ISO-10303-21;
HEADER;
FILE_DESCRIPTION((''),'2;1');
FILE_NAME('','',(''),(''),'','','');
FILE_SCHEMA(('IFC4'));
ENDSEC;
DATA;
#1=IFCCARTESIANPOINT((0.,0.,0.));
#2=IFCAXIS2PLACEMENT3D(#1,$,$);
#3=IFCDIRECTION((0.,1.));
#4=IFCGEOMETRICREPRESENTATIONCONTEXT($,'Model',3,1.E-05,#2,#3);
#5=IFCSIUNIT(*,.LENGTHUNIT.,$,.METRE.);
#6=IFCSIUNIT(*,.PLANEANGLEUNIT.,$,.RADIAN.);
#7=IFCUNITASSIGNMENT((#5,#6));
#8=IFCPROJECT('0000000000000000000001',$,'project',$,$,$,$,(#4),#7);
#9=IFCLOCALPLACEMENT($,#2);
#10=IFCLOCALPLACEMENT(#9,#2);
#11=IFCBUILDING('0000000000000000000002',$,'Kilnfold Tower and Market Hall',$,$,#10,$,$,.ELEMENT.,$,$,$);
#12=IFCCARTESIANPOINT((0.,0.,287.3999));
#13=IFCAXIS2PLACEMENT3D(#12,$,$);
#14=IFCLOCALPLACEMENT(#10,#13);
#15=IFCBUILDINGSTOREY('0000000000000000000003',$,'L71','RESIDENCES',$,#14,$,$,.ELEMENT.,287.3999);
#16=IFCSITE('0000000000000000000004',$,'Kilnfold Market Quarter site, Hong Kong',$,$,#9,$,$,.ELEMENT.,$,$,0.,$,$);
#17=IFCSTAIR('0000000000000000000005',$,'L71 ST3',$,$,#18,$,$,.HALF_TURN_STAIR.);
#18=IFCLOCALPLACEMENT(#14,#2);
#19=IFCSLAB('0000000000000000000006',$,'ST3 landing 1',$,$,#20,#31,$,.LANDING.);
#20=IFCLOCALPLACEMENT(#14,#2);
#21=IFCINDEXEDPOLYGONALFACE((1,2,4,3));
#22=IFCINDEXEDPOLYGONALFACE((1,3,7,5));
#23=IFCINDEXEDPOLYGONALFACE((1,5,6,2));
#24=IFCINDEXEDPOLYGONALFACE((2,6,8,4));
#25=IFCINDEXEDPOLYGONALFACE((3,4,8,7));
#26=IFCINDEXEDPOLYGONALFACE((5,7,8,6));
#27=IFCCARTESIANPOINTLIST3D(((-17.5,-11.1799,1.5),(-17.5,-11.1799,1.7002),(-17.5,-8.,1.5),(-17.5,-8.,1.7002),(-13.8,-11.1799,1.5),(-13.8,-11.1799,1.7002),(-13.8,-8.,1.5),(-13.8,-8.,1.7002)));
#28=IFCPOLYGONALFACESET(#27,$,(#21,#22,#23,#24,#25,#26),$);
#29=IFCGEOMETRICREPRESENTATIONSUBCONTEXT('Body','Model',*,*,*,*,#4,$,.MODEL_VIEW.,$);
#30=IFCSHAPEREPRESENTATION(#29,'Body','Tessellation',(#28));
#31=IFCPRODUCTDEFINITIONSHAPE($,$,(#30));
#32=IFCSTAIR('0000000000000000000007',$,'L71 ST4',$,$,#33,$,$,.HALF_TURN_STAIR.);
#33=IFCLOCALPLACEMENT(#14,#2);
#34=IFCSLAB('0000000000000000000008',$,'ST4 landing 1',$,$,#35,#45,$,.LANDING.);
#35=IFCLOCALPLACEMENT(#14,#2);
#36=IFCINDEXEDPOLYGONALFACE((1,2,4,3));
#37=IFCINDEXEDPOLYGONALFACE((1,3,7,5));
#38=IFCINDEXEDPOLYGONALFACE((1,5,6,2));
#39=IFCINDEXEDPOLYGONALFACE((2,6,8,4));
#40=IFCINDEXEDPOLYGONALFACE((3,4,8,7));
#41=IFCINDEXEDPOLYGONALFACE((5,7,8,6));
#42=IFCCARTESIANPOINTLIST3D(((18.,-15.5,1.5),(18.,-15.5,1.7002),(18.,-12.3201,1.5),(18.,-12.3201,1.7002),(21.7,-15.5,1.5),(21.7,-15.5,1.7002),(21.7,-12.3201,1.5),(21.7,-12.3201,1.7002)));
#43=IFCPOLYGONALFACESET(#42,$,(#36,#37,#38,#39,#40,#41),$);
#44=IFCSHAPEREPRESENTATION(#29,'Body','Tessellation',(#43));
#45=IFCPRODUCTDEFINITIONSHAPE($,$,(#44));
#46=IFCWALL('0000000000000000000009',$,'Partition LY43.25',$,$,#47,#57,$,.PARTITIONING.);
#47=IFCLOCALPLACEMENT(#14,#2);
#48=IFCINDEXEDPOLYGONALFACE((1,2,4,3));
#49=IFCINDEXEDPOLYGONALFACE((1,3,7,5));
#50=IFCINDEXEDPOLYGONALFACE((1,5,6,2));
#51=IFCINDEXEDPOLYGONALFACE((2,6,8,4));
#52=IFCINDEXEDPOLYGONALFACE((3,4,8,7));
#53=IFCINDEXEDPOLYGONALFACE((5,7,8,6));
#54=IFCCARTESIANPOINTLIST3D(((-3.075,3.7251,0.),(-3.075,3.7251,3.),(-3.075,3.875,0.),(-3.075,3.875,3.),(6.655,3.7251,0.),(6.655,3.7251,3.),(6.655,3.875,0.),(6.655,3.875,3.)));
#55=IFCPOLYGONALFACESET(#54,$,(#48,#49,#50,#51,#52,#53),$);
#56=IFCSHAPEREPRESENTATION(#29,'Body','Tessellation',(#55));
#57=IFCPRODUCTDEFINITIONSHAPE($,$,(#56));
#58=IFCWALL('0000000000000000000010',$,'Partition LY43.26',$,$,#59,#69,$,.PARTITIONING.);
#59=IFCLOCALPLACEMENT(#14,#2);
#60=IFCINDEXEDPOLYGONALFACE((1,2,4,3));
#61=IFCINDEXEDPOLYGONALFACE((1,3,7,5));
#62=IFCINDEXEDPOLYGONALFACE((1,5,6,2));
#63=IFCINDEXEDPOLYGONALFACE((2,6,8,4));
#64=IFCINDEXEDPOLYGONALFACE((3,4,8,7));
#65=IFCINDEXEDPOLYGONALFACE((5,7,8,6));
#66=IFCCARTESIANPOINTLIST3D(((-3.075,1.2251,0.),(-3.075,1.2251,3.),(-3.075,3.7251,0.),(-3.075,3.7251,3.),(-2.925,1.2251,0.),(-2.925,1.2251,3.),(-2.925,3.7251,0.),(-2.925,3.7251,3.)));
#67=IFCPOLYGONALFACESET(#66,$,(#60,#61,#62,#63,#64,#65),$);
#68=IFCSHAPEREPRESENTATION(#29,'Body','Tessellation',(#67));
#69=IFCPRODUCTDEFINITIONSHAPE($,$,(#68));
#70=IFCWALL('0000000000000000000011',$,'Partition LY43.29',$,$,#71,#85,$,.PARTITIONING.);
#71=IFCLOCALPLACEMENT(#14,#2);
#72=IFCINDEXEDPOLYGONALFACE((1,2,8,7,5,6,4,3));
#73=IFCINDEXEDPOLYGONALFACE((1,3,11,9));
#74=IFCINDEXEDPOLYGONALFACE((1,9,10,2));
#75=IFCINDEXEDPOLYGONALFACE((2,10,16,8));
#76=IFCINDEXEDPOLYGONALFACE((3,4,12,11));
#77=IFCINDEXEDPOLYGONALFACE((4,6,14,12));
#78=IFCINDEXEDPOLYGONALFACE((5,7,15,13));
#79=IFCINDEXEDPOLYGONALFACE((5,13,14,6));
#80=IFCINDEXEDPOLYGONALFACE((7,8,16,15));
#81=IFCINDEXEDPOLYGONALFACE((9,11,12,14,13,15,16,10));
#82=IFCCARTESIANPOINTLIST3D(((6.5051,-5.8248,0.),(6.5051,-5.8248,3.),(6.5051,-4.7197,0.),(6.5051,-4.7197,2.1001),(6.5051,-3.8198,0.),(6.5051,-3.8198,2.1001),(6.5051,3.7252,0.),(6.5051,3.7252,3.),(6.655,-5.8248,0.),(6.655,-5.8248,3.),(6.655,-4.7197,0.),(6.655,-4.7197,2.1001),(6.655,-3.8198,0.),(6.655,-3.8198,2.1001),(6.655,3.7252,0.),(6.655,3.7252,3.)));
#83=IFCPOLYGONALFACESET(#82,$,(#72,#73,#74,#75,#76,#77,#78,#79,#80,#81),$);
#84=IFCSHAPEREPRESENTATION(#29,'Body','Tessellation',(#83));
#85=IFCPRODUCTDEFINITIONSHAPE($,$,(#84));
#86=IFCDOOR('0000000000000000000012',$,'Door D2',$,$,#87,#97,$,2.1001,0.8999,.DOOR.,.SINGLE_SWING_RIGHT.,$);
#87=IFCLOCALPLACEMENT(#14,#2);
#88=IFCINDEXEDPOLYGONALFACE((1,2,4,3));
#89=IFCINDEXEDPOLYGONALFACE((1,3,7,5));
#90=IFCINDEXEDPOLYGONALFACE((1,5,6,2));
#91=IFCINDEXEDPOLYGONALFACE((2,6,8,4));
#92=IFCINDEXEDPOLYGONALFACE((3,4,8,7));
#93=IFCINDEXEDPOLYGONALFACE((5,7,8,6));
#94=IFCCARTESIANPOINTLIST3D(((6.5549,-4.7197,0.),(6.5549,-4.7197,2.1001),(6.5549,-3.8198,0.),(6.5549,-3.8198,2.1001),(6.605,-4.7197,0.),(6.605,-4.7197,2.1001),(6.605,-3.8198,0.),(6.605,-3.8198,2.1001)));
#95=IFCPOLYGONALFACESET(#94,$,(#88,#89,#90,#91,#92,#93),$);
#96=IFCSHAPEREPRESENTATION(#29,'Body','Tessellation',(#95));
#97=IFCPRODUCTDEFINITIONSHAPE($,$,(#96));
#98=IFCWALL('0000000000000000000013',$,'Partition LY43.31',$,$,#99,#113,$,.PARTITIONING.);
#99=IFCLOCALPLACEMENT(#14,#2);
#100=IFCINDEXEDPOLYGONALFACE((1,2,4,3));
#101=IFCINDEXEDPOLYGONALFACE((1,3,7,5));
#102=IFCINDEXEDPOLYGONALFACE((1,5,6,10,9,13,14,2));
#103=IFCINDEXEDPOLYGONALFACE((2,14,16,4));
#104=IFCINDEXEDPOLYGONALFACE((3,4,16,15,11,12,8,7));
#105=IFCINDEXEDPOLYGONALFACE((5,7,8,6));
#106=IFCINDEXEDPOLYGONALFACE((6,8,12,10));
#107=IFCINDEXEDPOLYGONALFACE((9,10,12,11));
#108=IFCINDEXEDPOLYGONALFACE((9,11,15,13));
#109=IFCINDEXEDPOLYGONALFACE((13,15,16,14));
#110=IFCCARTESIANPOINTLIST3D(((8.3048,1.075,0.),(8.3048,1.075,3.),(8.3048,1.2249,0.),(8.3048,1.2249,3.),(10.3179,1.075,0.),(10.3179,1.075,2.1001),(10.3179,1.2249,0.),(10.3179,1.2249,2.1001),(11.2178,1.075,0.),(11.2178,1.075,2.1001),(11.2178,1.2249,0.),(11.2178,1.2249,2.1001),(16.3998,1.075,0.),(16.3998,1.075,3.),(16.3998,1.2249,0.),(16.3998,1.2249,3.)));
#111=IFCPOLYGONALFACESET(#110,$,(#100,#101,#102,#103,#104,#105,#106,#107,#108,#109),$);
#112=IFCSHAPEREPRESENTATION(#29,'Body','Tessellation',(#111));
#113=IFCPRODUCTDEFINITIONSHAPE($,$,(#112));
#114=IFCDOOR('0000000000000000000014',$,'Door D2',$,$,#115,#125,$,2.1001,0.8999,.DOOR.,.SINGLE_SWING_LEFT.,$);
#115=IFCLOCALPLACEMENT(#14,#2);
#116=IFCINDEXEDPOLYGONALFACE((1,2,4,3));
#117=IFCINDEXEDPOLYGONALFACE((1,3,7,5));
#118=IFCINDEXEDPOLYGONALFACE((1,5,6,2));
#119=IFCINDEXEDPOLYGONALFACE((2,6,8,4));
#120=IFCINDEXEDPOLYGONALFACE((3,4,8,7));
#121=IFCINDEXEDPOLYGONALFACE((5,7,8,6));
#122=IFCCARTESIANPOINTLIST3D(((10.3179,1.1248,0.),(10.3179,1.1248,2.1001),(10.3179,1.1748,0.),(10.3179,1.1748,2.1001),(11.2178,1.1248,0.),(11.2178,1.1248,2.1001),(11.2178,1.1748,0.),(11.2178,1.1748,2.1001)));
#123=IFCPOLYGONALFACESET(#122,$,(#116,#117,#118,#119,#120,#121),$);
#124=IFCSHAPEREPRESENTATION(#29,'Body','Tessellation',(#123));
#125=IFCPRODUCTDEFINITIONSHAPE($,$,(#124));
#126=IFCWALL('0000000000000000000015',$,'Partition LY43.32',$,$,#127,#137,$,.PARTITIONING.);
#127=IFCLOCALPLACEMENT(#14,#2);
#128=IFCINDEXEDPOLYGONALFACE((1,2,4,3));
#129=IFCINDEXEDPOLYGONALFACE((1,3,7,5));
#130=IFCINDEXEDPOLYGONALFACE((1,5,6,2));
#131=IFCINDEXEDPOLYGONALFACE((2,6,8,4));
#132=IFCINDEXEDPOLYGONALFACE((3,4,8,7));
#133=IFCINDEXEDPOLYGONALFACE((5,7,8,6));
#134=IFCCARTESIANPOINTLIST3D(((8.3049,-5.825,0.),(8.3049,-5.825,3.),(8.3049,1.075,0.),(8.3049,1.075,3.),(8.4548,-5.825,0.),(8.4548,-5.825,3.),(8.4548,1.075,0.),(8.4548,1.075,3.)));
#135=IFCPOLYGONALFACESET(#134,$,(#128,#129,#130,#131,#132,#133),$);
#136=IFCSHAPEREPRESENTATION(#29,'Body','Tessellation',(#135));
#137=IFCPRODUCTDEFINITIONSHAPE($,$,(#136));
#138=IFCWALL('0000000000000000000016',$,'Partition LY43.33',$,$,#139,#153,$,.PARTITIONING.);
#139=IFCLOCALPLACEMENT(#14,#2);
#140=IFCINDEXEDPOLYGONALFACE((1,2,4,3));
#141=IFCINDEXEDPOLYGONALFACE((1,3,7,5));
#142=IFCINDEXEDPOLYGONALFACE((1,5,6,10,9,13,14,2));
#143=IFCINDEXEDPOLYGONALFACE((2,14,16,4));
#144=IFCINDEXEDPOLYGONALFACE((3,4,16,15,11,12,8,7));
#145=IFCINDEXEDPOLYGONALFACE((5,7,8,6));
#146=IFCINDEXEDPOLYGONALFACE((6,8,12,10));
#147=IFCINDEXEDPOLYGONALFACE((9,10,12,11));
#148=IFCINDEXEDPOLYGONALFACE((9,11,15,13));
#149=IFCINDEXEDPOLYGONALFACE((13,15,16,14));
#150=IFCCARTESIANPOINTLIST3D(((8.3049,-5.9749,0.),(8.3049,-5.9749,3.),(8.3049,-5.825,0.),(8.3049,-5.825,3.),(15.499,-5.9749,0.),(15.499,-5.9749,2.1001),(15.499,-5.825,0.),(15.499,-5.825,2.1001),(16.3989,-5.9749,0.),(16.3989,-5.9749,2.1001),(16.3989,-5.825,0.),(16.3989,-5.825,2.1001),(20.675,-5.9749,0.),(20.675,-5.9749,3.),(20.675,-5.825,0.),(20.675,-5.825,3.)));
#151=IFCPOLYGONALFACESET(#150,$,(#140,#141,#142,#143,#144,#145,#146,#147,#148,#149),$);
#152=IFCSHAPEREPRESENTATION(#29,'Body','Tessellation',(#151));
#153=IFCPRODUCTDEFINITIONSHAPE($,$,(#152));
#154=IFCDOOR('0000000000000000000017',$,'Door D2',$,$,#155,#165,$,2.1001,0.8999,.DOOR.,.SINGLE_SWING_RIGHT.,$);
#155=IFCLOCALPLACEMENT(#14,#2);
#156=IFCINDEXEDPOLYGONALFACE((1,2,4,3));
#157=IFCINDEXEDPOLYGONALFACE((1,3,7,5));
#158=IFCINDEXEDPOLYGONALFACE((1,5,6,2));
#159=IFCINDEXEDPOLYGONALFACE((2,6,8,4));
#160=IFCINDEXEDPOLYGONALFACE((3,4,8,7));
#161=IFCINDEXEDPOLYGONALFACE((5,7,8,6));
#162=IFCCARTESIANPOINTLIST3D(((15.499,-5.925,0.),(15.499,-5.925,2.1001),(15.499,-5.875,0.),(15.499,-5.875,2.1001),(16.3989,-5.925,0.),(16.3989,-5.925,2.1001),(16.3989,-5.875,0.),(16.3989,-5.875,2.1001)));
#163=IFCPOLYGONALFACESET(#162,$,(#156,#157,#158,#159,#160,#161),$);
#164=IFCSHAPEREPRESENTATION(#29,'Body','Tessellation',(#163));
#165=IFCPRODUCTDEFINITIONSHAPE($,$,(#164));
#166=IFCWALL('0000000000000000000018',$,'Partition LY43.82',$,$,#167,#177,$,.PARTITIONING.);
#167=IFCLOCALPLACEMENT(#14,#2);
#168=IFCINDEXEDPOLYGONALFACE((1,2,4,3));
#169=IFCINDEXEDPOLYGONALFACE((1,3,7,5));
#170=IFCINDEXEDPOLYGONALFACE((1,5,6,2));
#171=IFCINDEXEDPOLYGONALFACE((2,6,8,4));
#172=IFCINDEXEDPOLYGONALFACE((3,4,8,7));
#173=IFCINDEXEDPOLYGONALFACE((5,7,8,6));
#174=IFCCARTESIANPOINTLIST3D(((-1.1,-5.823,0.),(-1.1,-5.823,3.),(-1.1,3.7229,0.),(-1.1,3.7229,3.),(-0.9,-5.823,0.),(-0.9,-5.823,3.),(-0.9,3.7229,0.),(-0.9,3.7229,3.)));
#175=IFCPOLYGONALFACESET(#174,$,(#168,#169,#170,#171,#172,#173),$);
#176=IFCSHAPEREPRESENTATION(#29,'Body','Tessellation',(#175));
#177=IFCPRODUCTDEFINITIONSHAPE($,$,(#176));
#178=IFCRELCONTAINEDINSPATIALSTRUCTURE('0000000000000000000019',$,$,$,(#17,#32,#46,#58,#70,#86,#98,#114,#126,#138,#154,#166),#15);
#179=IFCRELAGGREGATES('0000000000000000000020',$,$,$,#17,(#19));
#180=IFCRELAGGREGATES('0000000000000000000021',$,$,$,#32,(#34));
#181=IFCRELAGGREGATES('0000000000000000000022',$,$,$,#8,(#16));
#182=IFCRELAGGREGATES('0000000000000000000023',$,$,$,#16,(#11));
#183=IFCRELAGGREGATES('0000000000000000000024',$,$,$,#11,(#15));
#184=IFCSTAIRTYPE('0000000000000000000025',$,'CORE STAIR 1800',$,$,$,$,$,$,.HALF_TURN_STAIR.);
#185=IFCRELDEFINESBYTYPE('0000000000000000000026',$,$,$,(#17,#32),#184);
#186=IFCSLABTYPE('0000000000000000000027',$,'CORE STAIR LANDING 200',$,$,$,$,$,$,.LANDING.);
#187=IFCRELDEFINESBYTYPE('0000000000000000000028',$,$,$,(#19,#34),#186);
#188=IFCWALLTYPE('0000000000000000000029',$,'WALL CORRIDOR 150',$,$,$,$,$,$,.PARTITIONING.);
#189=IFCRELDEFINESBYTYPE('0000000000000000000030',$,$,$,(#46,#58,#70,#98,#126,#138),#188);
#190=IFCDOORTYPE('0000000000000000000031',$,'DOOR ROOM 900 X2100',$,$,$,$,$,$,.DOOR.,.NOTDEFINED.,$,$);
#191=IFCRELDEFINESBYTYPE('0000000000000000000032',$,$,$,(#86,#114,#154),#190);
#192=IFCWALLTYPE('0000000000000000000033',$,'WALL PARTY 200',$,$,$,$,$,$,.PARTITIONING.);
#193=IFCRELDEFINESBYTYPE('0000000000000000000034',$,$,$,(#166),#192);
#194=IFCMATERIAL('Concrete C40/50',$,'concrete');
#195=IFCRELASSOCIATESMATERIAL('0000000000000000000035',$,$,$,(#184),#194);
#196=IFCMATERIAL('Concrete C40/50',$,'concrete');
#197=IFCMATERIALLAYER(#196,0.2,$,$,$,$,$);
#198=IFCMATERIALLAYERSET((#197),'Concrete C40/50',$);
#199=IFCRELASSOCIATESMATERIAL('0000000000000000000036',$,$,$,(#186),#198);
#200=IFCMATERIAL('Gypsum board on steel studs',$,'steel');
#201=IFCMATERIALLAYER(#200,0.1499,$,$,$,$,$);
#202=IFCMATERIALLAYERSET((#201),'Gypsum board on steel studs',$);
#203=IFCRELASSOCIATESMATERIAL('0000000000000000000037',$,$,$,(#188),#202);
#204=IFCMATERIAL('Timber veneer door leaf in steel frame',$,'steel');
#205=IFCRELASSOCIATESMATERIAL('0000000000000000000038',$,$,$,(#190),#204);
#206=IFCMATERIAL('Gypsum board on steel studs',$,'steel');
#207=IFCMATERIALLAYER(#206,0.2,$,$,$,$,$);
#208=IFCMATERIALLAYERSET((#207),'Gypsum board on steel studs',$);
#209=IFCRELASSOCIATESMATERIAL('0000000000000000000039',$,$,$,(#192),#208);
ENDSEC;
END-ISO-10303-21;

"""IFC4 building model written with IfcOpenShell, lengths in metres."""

from ifc_helpers import new_model, si_unit, direction, frame, frame_2d, origin, place, context, subcontext, project, spatial, polyline, rectangle, outline, extrude, source, transform, mapped, material, layer, layer_set, type_object, element, fill, aggregate, save


model = new_model("IFC4")

# Units and contexts
model_context = context("Model", 3, precision=1e-05, world=origin(), true_north=direction((0.0, 1.0)))
body_context = subcontext(model_context, "Body", "Model", "MODEL_VIEW")
ifc_project = project(units=[si_unit("LENGTHUNIT", "METRE"), si_unit("PLANEANGLEUNIT", "RADIAN")], contexts=[model_context])

# Site, building, storey
site_placement = place(None, origin())
site = spatial("IfcSite", under=ifc_project, at=site_placement, Name="Kilnfold Market Quarter site, Hong Kong", CompositionType="ELEMENT", RefElevation=0.0)
building_placement = place(site_placement, origin())
building = spatial("IfcBuilding", under=site, at=building_placement, Name="Kilnfold Tower and Market Hall", CompositionType="ELEMENT")
storey_placement = place(building_placement, frame((0.0, 0.0, 287.3999)))
storey = spatial("IfcBuildingStorey", under=building, at=storey_placement, Name="L71", Description="RESIDENCES", CompositionType="ELEMENT", Elevation=287.3999)

# Stairs, slabs
ifc_material_1 = material(Name="Concrete C40/50", Category="concrete")
stair_type = type_object("IfcStairType", Name="CORE STAIR 1800", PredefinedType="HALF_TURN_STAIR", material=ifc_material_1)
ifc_material_2 = material(Name="Concrete C40/50", Category="concrete")
ifc_layer_1 = layer(ifc_material_2, 0.2)
ifc_layer_set_1 = layer_set([ifc_layer_1], Name="Concrete C40/50")
slab_type_1 = type_object("IfcSlabType", Name="CORE STAIR LANDING 200", PredefinedType="LANDING", material=ifc_layer_set_1)
stair_1_placement = place(storey_placement, origin())
stair_1 = element("IfcStair", 1, at=stair_1_placement, inside=storey, type_object=stair_type, Name="L71 ST3", PredefinedType="HALF_TURN_STAIR")
shared_shape_1 = source(origin(), body_context, "Body", "SweptSolid", [
    extrude(outline(polyline([(-13.8, -11.1799), (-13.8, -8.0), (-17.5, -8.0), (-17.5, -11.1799), (-13.8, -11.1799)])), origin(), (0.0, 0.0, 1.0), 0.2002),
])
slab_1_placement = place(storey_placement, frame((0.0, 0.0, 1.5)))
slab_1 = element("IfcSlab", 2, at=slab_1_placement, type_object=slab_type_1, Name="ST3 landing 1", PredefinedType="LANDING", context=body_context, shape_type="MappedRepresentation", body=[
    mapped(shared_shape_1, transform((0.0, 0.0, 0.0))),
])
aggregate(stair_1, [slab_1])
stair_2_placement = place(storey_placement, origin())
stair_2 = element("IfcStair", 3, at=stair_2_placement, inside=storey, type_object=stair_type, Name="L71 ST4", PredefinedType="HALF_TURN_STAIR")
shared_shape_2 = source(origin(), body_context, "Body", "SweptSolid", [
    extrude(outline(polyline([(18.0, -12.3201), (18.0, -15.5), (21.7, -15.5), (21.7, -12.3201), (18.0, -12.3201)])), origin(), (0.0, 0.0, 1.0), 0.2002),
])
slab_2_placement = place(storey_placement, frame((0.0, 0.0, 1.5)))
slab_2 = element("IfcSlab", 4, at=slab_2_placement, type_object=slab_type_1, Name="ST4 landing 1", PredefinedType="LANDING", context=body_context, shape_type="MappedRepresentation", body=[
    mapped(shared_shape_2, transform((0.0, 0.0, 0.0))),
])
aggregate(stair_2, [slab_2])

# Walls
ifc_material_3 = material(Name="Gypsum board on steel studs", Category="steel")
ifc_layer_2 = layer(ifc_material_3, 0.1499)
ifc_layer_set_2 = layer_set([ifc_layer_2], Name="Gypsum board on steel studs")
wall_type_1 = type_object("IfcWallType", Name="WALL CORRIDOR 150", PredefinedType="PARTITIONING", material=ifc_layer_set_2)
wall_1_placement = place(storey_placement, frame((-3.075, 3.8, 0.0), z_axis=(0.0, 0.0, 1.0), x_axis=(1.0, 0.0, 0.0)))
element("IfcWall", 5, at=wall_1_placement, inside=storey, type_object=wall_type_1, Name="Partition LY43.25", PredefinedType="PARTITIONING", context=body_context, shape_type="SweptSolid", body=[
    extrude(rectangle(XDim=9.73, YDim=0.1499, at=frame_2d((4.865, 0.0))), origin(), (0.0, 0.0, 1.0), 3.0),
])
wall_2_placement = place(storey_placement, frame((-3.0, 1.2251, 0.0), z_axis=(0.0, 0.0, 1.0), x_axis=(0.0, 1.0, 0.0)))
element("IfcWall", 6, at=wall_2_placement, inside=storey, type_object=wall_type_1, Name="Partition LY43.26", PredefinedType="PARTITIONING", context=body_context, shape_type="SweptSolid", body=[
    extrude(rectangle(XDim=2.5, YDim=0.1499, at=frame_2d((1.25, 0.0))), origin(), (0.0, 0.0, 1.0), 3.0),
])

# Walls, openings, doors
wall_3_placement = place(storey_placement, frame((6.5801, 3.7251, 0.0), z_axis=(0.0, 0.0, 1.0), x_axis=(0.0, -1.0, 0.0)))
wall_3 = element("IfcWall", 7, at=wall_3_placement, inside=storey, type_object=wall_type_1, Name="Partition LY43.29", PredefinedType="PARTITIONING", context=body_context, shape_type="SweptSolid", body=[
    extrude(rectangle(XDim=9.55, YDim=0.1499, at=frame_2d((4.7749, 0.0))), origin(), (0.0, 0.0, 1.0), 3.0),
])
opening_1_placement = place(wall_3_placement, frame((7.5449, 0.0, 0.0)))
opening_1 = element("IfcOpeningElement", 8, at=opening_1_placement, cuts=wall_3, PredefinedType="OPENING", context=body_context, shape_type="SweptSolid", body=[
    extrude(rectangle(XDim=0.8999, YDim=2.1001, at=frame_2d((0.45, 1.05))), frame((0.0, 0.085, 0.0), z_axis=(0.0, -1.0, 0.0), x_axis=(1.0, 0.0, 0.0)), (0.0, 0.0, 1.0), 0.1699),
])
ifc_material_4 = material(Name="Timber veneer door leaf in steel frame", Category="steel")
door_type = type_object("IfcDoorType", Name="DOOR ROOM 900 X2100", OperationType="NOTDEFINED", PredefinedType="DOOR", material=ifc_material_4)
door_1_placement = place(opening_1_placement, origin())
door_1 = element("IfcDoor", 9, at=door_1_placement, inside=storey, type_object=door_type, Name="Door D2", OperationType="SINGLE_SWING_RIGHT", OverallHeight=2.1001, OverallWidth=0.8999, PredefinedType="DOOR", context=body_context, shape_type="SweptSolid", body=[
    extrude(rectangle(XDim=0.8999, YDim=2.1001, at=frame_2d((0.45, 1.05))), frame((0.0, 0.0249, 0.0), z_axis=(0.0, -1.0, 0.0), x_axis=(1.0, 0.0, 0.0)), (0.0, 0.0, 1.0), 0.05),
])
fill(opening_1, door_1)
wall_4_placement = place(storey_placement, frame((8.3049, 1.1499, 0.0), z_axis=(0.0, 0.0, 1.0), x_axis=(1.0, 0.0, 0.0)))
wall_4 = element("IfcWall", 10, at=wall_4_placement, inside=storey, type_object=wall_type_1, Name="Partition LY43.31", PredefinedType="PARTITIONING", context=body_context, shape_type="SweptSolid", body=[
    extrude(rectangle(XDim=8.095, YDim=0.1499, at=frame_2d((4.0474, 0.0))), origin(), (0.0, 0.0, 1.0), 3.0),
])
opening_2_placement = place(wall_4_placement, frame((2.0129, 0.0, 0.0)))
opening_2 = element("IfcOpeningElement", 11, at=opening_2_placement, cuts=wall_4, PredefinedType="OPENING", context=body_context, shape_type="SweptSolid", body=[
    extrude(rectangle(XDim=0.8999, YDim=2.1001, at=frame_2d((0.45, 1.05))), frame((0.0, 0.085, 0.0), z_axis=(0.0, -1.0, 0.0), x_axis=(1.0, 0.0, 0.0)), (0.0, 0.0, 1.0), 0.1699),
])
door_2_placement = place(opening_2_placement, origin())
door_2 = element("IfcDoor", 12, at=door_2_placement, inside=storey, type_object=door_type, Name="Door D2", OperationType="SINGLE_SWING_LEFT", OverallHeight=2.1001, OverallWidth=0.8999, PredefinedType="DOOR", context=body_context, shape_type="SweptSolid", body=[
    extrude(rectangle(XDim=0.8999, YDim=2.1001, at=frame_2d((0.45, 1.05))), frame((0.0, 0.0249, 0.0), z_axis=(0.0, -1.0, 0.0), x_axis=(1.0, 0.0, 0.0)), (0.0, 0.0, 1.0), 0.05),
])
fill(opening_2, door_2)

# Wall
wall_5_placement = place(storey_placement, frame((8.3799, -5.825, 0.0), z_axis=(0.0, 0.0, 1.0), x_axis=(0.0, 1.0, 0.0)))
element("IfcWall", 13, at=wall_5_placement, inside=storey, type_object=wall_type_1, Name="Partition LY43.32", PredefinedType="PARTITIONING", context=body_context, shape_type="SweptSolid", body=[
    extrude(rectangle(XDim=6.8999, YDim=0.1499, at=frame_2d((3.45, 0.0))), origin(), (0.0, 0.0, 1.0), 3.0),
])

# Wall, opening, door
wall_6_placement = place(storey_placement, frame((8.3049, -5.8999, 0.0), z_axis=(0.0, 0.0, 1.0), x_axis=(1.0, 0.0, 0.0)))
wall_6 = element("IfcWall", 14, at=wall_6_placement, inside=storey, type_object=wall_type_1, Name="Partition LY43.33", PredefinedType="PARTITIONING", context=body_context, shape_type="SweptSolid", body=[
    extrude(rectangle(XDim=12.3701, YDim=0.1499, at=frame_2d((6.1851, 0.0))), origin(), (0.0, 0.0, 1.0), 3.0),
])
opening_3_placement = place(wall_6_placement, frame((7.1941, 0.0, 0.0)))
opening_3 = element("IfcOpeningElement", 15, at=opening_3_placement, cuts=wall_6, PredefinedType="OPENING", context=body_context, shape_type="SweptSolid", body=[
    extrude(rectangle(XDim=0.8999, YDim=2.1001, at=frame_2d((0.45, 1.05))), frame((0.0, 0.085, 0.0), z_axis=(0.0, -1.0, 0.0), x_axis=(1.0, 0.0, 0.0)), (0.0, 0.0, 1.0), 0.1699),
])
door_3_placement = place(opening_3_placement, origin())
door_3 = element("IfcDoor", 16, at=door_3_placement, inside=storey, type_object=door_type, Name="Door D2", OperationType="SINGLE_SWING_RIGHT", OverallHeight=2.1001, OverallWidth=0.8999, PredefinedType="DOOR", context=body_context, shape_type="SweptSolid", body=[
    extrude(rectangle(XDim=0.8999, YDim=2.1001, at=frame_2d((0.45, 1.05))), frame((0.0, 0.0249, 0.0), z_axis=(0.0, -1.0, 0.0), x_axis=(1.0, 0.0, 0.0)), (0.0, 0.0, 1.0), 0.05),
])
fill(opening_3, door_3)

# Wall
ifc_material_5 = material(Name="Gypsum board on steel studs", Category="steel")
ifc_layer_3 = layer(ifc_material_5, 0.2)
ifc_layer_set_3 = layer_set([ifc_layer_3], Name="Gypsum board on steel studs")
wall_type_2 = type_object("IfcWallType", Name="WALL PARTY 200", PredefinedType="PARTITIONING", material=ifc_layer_set_3)
wall_7_placement = place(storey_placement, frame((-1.0, -5.823, 0.0), z_axis=(0.0, 0.0, 1.0), x_axis=(0.0, 1.0, 0.0)))
element("IfcWall", 17, at=wall_7_placement, inside=storey, type_object=wall_type_2, Name="Partition LY43.82", PredefinedType="PARTITIONING", context=body_context, shape_type="SweptSolid", body=[
    extrude(rectangle(XDim=9.5459, YDim=0.2, at=frame_2d((4.7729, 0.0))), origin(), (0.0, 0.0, 1.0), 3.0),
])

save(model, "model.ifc")
